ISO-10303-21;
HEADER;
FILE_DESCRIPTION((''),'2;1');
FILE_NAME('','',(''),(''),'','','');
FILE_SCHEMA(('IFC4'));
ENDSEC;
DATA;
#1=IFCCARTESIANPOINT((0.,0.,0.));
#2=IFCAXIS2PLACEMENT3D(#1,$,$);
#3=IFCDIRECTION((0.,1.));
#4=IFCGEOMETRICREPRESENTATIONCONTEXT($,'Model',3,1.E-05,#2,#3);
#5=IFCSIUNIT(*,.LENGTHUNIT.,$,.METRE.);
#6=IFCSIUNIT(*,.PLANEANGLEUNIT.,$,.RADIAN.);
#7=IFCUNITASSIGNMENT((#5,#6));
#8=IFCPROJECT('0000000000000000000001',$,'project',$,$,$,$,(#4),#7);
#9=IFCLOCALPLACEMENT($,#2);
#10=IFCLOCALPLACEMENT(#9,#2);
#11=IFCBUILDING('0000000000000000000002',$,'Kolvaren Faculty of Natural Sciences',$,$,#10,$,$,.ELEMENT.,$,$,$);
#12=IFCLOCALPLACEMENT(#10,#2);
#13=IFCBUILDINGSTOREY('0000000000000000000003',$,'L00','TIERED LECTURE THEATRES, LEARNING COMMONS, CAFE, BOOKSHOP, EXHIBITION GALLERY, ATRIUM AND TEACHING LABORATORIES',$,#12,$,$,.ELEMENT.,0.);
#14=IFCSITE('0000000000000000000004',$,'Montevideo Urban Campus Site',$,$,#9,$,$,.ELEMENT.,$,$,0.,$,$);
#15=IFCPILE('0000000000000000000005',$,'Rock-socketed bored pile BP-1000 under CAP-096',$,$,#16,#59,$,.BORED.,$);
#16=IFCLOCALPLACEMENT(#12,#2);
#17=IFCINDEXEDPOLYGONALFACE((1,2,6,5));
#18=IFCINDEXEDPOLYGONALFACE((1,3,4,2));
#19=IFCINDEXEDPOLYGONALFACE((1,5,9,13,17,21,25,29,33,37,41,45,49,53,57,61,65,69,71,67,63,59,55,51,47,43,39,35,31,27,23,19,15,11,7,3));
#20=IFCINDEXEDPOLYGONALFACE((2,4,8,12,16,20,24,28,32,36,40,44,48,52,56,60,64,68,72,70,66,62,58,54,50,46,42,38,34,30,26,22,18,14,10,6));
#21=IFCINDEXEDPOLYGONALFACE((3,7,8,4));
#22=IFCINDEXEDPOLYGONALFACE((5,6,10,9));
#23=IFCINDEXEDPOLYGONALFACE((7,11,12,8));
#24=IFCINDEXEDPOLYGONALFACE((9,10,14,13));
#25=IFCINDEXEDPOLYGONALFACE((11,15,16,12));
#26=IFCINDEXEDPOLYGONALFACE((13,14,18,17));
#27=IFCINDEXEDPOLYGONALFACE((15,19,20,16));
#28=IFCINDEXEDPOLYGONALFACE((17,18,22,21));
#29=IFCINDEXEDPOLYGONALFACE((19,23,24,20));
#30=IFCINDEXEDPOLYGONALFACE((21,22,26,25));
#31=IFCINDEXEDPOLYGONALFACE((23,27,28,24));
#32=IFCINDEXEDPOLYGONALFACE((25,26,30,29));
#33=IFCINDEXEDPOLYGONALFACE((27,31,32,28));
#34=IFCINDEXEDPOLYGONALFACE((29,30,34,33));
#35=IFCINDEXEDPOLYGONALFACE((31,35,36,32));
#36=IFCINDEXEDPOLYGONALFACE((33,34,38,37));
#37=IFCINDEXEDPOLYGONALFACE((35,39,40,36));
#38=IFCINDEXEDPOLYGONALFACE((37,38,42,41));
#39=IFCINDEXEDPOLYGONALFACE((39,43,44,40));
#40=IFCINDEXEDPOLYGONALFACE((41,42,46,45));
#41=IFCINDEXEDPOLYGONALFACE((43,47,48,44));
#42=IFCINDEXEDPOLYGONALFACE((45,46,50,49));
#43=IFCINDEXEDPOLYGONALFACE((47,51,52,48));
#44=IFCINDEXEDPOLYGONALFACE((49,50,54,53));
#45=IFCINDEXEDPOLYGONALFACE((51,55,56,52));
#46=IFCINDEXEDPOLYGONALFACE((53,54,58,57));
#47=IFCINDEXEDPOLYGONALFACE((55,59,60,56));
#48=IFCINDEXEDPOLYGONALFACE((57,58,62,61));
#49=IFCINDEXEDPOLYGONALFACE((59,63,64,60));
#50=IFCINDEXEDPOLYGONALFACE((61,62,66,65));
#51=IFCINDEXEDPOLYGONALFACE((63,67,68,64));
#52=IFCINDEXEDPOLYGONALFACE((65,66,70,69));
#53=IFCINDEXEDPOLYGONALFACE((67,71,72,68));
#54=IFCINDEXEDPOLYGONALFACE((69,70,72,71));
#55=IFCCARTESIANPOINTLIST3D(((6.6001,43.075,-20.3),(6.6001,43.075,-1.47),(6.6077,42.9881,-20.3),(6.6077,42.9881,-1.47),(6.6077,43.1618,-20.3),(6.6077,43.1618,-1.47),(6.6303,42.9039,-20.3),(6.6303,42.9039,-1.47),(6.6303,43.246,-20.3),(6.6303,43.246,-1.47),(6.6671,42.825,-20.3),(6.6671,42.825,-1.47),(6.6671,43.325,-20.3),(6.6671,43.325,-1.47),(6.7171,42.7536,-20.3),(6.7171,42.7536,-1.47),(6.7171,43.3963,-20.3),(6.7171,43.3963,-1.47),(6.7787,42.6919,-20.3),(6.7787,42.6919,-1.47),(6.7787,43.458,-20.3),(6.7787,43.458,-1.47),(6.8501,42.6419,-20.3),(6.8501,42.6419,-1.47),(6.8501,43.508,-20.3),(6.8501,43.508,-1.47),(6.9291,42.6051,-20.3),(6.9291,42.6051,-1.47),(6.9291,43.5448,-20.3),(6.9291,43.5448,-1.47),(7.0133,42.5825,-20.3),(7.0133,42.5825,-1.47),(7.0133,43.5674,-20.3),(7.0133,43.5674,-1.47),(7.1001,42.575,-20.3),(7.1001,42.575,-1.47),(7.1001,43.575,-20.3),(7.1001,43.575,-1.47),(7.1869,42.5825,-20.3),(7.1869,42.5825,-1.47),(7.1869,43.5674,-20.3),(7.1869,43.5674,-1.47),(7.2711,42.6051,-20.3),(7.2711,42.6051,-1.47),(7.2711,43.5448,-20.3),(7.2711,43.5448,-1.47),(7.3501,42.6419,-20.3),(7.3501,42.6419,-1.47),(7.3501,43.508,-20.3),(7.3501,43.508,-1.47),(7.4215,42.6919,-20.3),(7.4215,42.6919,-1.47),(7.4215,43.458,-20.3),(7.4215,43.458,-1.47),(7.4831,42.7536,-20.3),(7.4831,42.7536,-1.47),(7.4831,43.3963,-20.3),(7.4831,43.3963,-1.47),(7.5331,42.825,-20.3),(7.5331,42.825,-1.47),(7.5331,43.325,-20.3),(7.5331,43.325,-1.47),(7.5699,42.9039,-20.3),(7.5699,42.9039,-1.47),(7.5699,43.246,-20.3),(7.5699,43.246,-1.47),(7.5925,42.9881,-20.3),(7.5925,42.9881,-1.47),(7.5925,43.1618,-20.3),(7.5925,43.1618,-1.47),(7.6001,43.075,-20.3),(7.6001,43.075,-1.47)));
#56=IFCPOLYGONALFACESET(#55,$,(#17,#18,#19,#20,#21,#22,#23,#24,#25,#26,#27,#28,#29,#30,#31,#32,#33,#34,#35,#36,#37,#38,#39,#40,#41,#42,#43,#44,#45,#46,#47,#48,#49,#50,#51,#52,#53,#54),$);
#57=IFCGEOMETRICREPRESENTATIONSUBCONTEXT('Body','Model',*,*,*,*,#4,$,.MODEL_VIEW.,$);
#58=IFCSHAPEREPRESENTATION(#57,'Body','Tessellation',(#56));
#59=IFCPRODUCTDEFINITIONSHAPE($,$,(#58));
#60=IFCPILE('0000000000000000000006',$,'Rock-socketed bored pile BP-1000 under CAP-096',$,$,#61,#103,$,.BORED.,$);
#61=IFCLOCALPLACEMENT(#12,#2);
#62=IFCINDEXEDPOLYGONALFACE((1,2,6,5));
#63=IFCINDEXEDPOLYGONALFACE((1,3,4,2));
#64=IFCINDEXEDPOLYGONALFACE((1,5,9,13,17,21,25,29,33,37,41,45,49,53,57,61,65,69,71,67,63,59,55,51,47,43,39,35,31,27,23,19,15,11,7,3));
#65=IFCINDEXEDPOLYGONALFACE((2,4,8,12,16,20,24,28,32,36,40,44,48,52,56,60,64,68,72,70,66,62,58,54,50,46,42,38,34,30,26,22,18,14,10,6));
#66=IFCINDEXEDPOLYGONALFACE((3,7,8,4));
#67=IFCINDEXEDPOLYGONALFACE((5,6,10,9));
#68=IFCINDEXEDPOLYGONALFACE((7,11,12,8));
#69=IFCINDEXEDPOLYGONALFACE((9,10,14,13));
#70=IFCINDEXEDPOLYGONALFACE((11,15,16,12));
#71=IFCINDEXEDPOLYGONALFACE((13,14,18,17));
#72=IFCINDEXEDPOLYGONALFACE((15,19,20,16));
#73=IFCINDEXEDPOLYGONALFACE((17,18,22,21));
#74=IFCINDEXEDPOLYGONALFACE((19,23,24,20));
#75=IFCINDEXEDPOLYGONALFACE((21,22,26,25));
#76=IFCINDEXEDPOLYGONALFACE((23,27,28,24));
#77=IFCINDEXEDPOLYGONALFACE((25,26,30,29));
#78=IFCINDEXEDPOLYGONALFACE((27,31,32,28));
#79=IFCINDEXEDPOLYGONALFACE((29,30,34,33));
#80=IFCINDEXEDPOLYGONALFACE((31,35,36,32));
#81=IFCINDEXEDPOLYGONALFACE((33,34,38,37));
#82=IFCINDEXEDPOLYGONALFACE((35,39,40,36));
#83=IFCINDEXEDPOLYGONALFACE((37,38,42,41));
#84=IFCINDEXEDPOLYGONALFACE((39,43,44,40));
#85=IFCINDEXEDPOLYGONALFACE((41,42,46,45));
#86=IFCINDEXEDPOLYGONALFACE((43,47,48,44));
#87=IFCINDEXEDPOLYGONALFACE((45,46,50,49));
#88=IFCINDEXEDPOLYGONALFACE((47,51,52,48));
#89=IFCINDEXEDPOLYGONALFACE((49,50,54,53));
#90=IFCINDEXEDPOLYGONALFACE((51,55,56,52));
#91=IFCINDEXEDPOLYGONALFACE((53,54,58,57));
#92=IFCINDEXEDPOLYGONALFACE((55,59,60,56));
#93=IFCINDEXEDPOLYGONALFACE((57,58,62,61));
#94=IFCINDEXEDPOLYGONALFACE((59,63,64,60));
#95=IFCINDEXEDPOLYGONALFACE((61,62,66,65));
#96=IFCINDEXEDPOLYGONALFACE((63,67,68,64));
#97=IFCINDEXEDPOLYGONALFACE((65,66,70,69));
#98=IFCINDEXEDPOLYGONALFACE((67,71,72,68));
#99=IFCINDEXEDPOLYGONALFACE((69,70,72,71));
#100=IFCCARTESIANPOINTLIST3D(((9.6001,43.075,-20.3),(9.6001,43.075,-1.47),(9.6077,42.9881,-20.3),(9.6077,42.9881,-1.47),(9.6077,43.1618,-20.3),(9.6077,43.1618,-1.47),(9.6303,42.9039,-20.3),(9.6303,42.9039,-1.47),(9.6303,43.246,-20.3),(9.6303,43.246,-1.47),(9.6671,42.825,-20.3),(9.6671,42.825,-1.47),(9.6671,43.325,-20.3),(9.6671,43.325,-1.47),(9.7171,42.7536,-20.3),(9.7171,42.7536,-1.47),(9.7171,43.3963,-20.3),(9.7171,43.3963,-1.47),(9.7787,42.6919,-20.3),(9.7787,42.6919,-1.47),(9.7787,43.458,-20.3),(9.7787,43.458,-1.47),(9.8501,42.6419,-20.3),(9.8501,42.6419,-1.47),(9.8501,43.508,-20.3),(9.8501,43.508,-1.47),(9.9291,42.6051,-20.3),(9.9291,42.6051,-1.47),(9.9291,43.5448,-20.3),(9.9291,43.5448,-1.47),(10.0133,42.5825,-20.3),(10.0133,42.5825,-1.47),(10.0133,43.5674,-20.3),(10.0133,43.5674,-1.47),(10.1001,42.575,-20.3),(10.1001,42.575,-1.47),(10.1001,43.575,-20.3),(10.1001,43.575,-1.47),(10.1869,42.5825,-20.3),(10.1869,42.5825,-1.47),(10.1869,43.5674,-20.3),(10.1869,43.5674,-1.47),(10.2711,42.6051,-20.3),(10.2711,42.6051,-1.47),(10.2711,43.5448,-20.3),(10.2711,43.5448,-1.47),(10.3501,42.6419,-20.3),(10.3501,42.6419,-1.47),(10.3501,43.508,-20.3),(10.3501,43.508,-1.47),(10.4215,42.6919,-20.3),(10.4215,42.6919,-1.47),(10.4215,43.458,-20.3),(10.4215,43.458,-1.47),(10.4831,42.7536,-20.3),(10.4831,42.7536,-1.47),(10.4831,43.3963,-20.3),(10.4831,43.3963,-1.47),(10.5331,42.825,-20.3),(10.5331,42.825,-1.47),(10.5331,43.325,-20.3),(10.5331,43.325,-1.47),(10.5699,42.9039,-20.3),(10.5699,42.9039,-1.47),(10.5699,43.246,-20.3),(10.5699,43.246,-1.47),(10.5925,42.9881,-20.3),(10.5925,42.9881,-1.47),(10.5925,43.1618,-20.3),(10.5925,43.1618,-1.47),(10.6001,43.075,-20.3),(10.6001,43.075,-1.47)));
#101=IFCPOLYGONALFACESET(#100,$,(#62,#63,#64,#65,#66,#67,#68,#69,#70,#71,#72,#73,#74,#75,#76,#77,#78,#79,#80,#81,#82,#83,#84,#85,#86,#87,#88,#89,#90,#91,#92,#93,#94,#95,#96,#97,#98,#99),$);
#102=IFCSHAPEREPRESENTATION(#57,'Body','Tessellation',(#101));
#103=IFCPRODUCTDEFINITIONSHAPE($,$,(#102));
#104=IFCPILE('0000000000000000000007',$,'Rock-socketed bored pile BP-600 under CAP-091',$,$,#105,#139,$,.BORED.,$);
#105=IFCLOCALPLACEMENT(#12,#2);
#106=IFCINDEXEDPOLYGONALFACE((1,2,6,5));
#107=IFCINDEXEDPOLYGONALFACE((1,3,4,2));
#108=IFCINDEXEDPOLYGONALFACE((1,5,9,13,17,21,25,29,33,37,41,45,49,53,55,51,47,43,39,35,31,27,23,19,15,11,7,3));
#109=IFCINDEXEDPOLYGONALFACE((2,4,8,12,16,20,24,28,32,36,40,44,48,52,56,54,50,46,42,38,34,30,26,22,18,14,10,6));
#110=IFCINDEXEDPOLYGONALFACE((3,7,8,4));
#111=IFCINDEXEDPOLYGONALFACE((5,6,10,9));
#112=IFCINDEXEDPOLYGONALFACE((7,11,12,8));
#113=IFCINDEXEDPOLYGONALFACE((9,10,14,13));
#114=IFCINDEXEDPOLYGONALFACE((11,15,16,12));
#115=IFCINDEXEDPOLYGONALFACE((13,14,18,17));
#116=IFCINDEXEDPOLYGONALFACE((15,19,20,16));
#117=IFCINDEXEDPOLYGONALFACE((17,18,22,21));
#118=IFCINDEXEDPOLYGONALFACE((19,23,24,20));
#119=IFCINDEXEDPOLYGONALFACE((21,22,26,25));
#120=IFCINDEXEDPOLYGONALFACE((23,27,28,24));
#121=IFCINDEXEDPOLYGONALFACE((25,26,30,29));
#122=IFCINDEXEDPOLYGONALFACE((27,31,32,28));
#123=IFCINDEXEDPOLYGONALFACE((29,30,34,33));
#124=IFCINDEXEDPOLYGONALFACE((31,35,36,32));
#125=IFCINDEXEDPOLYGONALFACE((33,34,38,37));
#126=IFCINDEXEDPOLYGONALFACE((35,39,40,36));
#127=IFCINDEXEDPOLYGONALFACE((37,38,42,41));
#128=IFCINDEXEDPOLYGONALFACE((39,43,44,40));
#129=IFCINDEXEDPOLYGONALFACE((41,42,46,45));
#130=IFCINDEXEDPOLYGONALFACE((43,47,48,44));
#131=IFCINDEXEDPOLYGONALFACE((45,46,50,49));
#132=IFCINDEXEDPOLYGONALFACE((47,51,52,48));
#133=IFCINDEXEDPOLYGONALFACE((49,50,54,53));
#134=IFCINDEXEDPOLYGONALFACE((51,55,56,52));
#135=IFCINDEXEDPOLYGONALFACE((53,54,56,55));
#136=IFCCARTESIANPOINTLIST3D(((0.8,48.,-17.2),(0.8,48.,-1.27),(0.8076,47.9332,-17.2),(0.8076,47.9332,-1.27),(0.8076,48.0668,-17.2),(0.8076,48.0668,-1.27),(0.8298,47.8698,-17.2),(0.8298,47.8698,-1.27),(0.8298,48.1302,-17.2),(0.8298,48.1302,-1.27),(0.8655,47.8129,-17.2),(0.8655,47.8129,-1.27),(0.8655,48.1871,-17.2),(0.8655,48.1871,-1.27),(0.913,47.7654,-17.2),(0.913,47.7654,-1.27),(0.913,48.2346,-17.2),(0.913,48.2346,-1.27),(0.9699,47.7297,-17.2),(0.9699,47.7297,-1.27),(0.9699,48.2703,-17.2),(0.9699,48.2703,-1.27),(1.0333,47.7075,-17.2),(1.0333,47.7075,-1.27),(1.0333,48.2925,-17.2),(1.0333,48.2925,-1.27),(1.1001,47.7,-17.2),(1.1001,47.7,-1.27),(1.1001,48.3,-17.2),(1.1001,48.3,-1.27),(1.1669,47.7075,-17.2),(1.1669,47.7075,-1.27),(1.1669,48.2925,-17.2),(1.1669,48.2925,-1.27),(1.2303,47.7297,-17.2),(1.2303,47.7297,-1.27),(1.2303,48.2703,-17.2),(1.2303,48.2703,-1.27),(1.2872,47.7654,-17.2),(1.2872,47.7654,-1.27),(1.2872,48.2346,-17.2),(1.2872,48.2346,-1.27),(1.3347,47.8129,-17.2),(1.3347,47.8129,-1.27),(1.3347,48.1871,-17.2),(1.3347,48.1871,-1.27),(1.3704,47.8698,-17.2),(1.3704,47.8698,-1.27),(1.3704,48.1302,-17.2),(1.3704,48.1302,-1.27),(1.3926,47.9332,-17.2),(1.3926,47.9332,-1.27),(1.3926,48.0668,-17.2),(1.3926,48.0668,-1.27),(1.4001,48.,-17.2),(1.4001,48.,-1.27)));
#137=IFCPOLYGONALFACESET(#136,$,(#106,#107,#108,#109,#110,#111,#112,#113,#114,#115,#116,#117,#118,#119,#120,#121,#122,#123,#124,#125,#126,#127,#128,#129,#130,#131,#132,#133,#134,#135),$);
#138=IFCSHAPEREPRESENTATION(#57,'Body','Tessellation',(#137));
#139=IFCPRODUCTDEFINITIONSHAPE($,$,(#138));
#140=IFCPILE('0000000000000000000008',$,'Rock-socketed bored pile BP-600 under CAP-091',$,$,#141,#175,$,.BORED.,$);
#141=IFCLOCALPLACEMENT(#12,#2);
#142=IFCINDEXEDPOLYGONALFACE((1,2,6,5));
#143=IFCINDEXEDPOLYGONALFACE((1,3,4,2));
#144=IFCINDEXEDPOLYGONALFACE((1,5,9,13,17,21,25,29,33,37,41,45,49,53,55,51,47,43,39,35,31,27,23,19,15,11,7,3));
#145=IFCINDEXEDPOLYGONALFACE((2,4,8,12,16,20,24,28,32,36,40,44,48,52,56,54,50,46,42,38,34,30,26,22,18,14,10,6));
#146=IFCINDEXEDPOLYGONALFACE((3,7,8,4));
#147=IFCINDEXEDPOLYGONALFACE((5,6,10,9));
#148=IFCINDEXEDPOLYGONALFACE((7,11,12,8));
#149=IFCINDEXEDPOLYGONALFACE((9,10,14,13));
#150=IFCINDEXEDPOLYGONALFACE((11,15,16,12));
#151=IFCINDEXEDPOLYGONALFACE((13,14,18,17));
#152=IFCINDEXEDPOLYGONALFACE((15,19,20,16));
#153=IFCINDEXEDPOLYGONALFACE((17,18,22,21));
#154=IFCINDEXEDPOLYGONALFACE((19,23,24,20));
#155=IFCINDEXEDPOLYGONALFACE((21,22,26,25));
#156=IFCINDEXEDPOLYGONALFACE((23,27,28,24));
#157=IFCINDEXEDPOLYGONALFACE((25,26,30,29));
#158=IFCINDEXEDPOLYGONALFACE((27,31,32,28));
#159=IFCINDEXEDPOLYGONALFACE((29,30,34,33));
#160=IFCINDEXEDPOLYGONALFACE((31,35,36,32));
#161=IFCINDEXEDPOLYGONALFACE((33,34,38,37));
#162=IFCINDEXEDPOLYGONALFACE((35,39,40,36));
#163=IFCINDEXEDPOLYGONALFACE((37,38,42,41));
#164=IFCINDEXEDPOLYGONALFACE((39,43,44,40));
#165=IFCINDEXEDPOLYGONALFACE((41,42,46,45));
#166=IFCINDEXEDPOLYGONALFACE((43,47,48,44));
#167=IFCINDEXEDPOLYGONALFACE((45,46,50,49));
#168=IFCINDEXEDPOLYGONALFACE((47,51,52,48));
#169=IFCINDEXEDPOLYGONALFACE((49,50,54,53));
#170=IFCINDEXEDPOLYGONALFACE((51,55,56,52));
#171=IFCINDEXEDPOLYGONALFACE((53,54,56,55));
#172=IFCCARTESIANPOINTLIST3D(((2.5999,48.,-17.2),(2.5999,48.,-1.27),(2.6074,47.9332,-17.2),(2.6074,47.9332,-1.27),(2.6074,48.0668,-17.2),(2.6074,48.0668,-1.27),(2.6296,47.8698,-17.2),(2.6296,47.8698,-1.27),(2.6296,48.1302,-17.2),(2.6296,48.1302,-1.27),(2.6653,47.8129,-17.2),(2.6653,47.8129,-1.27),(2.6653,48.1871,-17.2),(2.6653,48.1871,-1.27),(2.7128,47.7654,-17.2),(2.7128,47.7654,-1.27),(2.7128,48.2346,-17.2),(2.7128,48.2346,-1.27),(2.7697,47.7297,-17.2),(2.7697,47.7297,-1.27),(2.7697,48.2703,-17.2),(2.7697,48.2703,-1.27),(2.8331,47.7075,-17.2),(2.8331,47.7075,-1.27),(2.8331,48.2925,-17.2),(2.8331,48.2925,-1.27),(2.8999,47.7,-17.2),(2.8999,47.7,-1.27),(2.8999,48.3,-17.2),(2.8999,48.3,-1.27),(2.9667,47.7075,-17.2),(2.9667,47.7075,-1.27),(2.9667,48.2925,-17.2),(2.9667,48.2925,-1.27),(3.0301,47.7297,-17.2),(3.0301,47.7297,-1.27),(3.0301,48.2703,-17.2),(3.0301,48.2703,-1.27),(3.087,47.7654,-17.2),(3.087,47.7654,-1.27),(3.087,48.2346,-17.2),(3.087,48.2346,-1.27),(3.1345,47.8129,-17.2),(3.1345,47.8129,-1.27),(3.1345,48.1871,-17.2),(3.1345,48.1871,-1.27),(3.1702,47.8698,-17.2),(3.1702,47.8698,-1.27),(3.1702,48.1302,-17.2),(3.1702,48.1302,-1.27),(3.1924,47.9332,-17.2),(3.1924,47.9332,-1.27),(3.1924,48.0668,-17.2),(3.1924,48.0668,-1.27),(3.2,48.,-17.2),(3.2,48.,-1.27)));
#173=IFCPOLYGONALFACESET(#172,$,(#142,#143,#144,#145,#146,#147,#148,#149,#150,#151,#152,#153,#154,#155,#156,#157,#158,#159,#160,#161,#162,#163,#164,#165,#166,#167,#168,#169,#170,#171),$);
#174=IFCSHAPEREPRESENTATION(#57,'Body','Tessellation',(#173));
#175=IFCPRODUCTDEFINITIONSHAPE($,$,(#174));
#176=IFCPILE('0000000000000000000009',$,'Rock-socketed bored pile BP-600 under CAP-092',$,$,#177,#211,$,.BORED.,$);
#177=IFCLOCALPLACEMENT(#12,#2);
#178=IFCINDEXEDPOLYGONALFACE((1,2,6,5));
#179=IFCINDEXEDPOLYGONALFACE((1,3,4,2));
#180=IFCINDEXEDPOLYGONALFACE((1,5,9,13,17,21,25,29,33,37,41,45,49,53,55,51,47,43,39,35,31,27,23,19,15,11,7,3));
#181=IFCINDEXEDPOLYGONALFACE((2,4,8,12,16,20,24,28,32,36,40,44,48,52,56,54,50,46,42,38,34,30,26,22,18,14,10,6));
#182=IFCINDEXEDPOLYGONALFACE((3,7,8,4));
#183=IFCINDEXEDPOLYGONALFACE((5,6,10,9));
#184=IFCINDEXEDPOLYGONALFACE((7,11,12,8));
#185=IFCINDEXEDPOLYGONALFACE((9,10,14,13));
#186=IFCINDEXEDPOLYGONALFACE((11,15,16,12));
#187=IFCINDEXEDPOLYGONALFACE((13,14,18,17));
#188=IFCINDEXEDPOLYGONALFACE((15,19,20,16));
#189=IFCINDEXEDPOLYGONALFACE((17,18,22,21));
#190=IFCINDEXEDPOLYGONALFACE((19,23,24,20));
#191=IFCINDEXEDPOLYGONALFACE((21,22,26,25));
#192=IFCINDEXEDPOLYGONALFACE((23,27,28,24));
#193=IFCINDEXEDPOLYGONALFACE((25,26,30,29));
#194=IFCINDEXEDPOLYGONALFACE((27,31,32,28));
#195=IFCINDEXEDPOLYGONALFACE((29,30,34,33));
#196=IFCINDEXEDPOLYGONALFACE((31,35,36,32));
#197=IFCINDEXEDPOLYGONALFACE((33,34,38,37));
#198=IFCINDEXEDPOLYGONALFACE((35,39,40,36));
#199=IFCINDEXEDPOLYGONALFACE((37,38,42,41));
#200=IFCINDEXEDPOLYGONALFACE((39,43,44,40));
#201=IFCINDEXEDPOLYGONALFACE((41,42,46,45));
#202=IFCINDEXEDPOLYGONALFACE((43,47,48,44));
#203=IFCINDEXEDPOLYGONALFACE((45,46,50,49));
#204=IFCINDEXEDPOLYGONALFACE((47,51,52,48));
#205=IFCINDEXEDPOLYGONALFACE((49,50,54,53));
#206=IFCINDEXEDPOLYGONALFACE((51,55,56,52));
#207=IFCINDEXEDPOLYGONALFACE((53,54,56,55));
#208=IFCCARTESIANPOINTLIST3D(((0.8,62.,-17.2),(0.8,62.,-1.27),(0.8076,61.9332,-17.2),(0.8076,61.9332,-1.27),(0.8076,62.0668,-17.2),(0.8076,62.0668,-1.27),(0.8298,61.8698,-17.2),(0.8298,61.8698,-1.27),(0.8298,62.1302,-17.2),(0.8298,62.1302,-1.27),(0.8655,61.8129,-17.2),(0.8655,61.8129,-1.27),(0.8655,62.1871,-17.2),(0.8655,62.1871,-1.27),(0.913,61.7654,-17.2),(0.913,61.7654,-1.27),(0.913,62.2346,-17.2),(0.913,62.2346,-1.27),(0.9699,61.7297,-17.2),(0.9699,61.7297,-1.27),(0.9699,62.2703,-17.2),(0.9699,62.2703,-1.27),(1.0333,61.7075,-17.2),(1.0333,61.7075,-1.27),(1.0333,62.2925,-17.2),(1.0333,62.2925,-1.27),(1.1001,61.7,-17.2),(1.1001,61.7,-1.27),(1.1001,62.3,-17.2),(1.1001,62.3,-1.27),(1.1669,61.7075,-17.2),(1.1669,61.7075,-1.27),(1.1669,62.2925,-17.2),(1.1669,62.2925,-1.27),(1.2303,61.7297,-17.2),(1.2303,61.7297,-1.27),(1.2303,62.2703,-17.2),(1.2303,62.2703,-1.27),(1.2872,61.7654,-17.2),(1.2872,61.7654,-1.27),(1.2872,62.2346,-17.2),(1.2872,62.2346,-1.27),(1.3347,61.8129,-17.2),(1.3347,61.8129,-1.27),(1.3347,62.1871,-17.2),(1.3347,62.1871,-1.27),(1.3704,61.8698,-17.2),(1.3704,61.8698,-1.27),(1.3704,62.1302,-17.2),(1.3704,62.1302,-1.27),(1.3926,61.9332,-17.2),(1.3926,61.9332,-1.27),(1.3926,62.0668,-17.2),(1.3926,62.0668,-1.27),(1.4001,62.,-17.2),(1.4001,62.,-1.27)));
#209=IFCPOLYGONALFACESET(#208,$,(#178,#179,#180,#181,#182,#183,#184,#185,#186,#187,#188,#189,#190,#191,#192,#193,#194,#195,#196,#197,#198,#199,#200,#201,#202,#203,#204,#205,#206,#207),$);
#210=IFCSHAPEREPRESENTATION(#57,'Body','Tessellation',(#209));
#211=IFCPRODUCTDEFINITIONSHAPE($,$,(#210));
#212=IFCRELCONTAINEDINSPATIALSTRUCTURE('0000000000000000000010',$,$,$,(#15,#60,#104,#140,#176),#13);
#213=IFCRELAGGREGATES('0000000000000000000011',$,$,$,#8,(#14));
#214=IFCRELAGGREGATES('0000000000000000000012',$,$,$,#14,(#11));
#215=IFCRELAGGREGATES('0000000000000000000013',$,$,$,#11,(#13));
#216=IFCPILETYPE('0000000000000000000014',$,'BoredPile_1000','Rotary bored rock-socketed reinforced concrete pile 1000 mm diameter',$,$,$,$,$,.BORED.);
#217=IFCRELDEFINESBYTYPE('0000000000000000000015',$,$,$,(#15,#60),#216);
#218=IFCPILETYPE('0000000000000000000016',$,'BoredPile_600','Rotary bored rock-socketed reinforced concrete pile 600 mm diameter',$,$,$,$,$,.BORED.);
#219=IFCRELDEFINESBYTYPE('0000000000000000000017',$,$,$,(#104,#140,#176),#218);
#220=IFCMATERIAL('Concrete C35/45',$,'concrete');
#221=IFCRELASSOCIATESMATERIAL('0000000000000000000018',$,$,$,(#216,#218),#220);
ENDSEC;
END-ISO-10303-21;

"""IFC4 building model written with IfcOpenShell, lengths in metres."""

from ifc_helpers import new_model, si_unit, direction, frame, origin, origin_2d, place, context, subcontext, project, spatial, circle, extrude, material, material_profile, profile_set, type_object, element, save


model = new_model("IFC4")

# Units and contexts
model_context = context("Model", 3, precision=1e-05, world=origin(), true_north=direction((0.0, 1.0)))
body_context = subcontext(model_context, "Body", "Model", "MODEL_VIEW")
ifc_project = project(units=[si_unit("LENGTHUNIT", "METRE"), si_unit("PLANEANGLEUNIT", "RADIAN")], contexts=[model_context])

# Site, building, storey
site_placement = place(None, origin())
site = spatial("IfcSite", under=ifc_project, at=site_placement, Name="Montevideo Urban Campus Site", CompositionType="ELEMENT", RefElevation=0.0)
building_placement = place(site_placement, origin())
building = spatial("IfcBuilding", under=site, at=building_placement, Name="Kolvaren Faculty of Natural Sciences", CompositionType="ELEMENT")
storey_placement = place(building_placement, origin())
storey = spatial("IfcBuildingStorey", under=building, at=storey_placement, Name="L00", Description="TIERED LECTURE THEATRES, LEARNING COMMONS, CAFE, BOOKSHOP, EXHIBITION GALLERY, ATRIUM AND TEACHING LABORATORIES", CompositionType="ELEMENT", Elevation=0.0)

# Piles
ifc_material_1 = material(Name="Concrete C35/45", Category="concrete")
ifc_material_profile_1 = material_profile(ifc_material_1, circle(Radius=0.5, at=origin_2d()), Name="PILE D1000")
ifc_profile_set_1 = profile_set([ifc_material_profile_1], Name="Concrete C35/45")
pile_type_1 = type_object("IfcPileType", Name="BoredPile_1000", Description="Rotary bored rock-socketed reinforced concrete pile 1000 mm diameter", PredefinedType="BORED", material=ifc_profile_set_1)
for number, where, z_axis, x_axis, name in (
    (1, (7.1001, 43.075, -1.47), (0.0, 0.0, -1.0), (1.0, 0.0, 0.0), "Rock-socketed bored pile BP-1000 under CAP-096"),
    (2, (10.1001, 43.075, -1.47), (0.0, 0.0, -1.0), (1.0, 0.0, 0.0), "Rock-socketed bored pile BP-1000 under CAP-096"),
):
    element("IfcPile", number, at=place(storey_placement, frame(where, z_axis=z_axis, x_axis=x_axis)), inside=storey, type_object=pile_type_1, Name=name, PredefinedType="BORED", context=body_context, shape_type="SweptSolid", body=[
        extrude(circle(Radius=0.5, at=origin_2d()), origin(), (0.0, 0.0, 1.0), 18.8301),
    ])
ifc_material_profile_2 = material_profile(ifc_material_1, circle(Radius=0.3, at=origin_2d()), Name="PILE D600")
ifc_profile_set_2 = profile_set([ifc_material_profile_2], Name="Concrete C35/45")
pile_type_2 = type_object("IfcPileType", Name="BoredPile_600", Description="Rotary bored rock-socketed reinforced concrete pile 600 mm diameter", PredefinedType="BORED", material=ifc_profile_set_2)
for number, where, z_axis, x_axis, name in (
    (3, (1.1001, 48.0, -1.27), (0.0, 0.0, -1.0), (1.0, 0.0, 0.0), "Rock-socketed bored pile BP-600 under CAP-091"),
    (4, (2.8999, 48.0, -1.27), (0.0, 0.0, -1.0), (1.0, 0.0, 0.0), "Rock-socketed bored pile BP-600 under CAP-091"),
    (5, (1.1001, 62.0, -1.27), (0.0, 0.0, -1.0), (1.0, 0.0, 0.0), "Rock-socketed bored pile BP-600 under CAP-092"),
):
    element("IfcPile", number, at=place(storey_placement, frame(where, z_axis=z_axis, x_axis=x_axis)), inside=storey, type_object=pile_type_2, Name=name, PredefinedType="BORED", context=body_context, shape_type="SweptSolid", body=[
        extrude(circle(Radius=0.3, at=origin_2d()), origin(), (0.0, 0.0, 1.0), 15.9299),
    ])

save(model, "model.ifc")
